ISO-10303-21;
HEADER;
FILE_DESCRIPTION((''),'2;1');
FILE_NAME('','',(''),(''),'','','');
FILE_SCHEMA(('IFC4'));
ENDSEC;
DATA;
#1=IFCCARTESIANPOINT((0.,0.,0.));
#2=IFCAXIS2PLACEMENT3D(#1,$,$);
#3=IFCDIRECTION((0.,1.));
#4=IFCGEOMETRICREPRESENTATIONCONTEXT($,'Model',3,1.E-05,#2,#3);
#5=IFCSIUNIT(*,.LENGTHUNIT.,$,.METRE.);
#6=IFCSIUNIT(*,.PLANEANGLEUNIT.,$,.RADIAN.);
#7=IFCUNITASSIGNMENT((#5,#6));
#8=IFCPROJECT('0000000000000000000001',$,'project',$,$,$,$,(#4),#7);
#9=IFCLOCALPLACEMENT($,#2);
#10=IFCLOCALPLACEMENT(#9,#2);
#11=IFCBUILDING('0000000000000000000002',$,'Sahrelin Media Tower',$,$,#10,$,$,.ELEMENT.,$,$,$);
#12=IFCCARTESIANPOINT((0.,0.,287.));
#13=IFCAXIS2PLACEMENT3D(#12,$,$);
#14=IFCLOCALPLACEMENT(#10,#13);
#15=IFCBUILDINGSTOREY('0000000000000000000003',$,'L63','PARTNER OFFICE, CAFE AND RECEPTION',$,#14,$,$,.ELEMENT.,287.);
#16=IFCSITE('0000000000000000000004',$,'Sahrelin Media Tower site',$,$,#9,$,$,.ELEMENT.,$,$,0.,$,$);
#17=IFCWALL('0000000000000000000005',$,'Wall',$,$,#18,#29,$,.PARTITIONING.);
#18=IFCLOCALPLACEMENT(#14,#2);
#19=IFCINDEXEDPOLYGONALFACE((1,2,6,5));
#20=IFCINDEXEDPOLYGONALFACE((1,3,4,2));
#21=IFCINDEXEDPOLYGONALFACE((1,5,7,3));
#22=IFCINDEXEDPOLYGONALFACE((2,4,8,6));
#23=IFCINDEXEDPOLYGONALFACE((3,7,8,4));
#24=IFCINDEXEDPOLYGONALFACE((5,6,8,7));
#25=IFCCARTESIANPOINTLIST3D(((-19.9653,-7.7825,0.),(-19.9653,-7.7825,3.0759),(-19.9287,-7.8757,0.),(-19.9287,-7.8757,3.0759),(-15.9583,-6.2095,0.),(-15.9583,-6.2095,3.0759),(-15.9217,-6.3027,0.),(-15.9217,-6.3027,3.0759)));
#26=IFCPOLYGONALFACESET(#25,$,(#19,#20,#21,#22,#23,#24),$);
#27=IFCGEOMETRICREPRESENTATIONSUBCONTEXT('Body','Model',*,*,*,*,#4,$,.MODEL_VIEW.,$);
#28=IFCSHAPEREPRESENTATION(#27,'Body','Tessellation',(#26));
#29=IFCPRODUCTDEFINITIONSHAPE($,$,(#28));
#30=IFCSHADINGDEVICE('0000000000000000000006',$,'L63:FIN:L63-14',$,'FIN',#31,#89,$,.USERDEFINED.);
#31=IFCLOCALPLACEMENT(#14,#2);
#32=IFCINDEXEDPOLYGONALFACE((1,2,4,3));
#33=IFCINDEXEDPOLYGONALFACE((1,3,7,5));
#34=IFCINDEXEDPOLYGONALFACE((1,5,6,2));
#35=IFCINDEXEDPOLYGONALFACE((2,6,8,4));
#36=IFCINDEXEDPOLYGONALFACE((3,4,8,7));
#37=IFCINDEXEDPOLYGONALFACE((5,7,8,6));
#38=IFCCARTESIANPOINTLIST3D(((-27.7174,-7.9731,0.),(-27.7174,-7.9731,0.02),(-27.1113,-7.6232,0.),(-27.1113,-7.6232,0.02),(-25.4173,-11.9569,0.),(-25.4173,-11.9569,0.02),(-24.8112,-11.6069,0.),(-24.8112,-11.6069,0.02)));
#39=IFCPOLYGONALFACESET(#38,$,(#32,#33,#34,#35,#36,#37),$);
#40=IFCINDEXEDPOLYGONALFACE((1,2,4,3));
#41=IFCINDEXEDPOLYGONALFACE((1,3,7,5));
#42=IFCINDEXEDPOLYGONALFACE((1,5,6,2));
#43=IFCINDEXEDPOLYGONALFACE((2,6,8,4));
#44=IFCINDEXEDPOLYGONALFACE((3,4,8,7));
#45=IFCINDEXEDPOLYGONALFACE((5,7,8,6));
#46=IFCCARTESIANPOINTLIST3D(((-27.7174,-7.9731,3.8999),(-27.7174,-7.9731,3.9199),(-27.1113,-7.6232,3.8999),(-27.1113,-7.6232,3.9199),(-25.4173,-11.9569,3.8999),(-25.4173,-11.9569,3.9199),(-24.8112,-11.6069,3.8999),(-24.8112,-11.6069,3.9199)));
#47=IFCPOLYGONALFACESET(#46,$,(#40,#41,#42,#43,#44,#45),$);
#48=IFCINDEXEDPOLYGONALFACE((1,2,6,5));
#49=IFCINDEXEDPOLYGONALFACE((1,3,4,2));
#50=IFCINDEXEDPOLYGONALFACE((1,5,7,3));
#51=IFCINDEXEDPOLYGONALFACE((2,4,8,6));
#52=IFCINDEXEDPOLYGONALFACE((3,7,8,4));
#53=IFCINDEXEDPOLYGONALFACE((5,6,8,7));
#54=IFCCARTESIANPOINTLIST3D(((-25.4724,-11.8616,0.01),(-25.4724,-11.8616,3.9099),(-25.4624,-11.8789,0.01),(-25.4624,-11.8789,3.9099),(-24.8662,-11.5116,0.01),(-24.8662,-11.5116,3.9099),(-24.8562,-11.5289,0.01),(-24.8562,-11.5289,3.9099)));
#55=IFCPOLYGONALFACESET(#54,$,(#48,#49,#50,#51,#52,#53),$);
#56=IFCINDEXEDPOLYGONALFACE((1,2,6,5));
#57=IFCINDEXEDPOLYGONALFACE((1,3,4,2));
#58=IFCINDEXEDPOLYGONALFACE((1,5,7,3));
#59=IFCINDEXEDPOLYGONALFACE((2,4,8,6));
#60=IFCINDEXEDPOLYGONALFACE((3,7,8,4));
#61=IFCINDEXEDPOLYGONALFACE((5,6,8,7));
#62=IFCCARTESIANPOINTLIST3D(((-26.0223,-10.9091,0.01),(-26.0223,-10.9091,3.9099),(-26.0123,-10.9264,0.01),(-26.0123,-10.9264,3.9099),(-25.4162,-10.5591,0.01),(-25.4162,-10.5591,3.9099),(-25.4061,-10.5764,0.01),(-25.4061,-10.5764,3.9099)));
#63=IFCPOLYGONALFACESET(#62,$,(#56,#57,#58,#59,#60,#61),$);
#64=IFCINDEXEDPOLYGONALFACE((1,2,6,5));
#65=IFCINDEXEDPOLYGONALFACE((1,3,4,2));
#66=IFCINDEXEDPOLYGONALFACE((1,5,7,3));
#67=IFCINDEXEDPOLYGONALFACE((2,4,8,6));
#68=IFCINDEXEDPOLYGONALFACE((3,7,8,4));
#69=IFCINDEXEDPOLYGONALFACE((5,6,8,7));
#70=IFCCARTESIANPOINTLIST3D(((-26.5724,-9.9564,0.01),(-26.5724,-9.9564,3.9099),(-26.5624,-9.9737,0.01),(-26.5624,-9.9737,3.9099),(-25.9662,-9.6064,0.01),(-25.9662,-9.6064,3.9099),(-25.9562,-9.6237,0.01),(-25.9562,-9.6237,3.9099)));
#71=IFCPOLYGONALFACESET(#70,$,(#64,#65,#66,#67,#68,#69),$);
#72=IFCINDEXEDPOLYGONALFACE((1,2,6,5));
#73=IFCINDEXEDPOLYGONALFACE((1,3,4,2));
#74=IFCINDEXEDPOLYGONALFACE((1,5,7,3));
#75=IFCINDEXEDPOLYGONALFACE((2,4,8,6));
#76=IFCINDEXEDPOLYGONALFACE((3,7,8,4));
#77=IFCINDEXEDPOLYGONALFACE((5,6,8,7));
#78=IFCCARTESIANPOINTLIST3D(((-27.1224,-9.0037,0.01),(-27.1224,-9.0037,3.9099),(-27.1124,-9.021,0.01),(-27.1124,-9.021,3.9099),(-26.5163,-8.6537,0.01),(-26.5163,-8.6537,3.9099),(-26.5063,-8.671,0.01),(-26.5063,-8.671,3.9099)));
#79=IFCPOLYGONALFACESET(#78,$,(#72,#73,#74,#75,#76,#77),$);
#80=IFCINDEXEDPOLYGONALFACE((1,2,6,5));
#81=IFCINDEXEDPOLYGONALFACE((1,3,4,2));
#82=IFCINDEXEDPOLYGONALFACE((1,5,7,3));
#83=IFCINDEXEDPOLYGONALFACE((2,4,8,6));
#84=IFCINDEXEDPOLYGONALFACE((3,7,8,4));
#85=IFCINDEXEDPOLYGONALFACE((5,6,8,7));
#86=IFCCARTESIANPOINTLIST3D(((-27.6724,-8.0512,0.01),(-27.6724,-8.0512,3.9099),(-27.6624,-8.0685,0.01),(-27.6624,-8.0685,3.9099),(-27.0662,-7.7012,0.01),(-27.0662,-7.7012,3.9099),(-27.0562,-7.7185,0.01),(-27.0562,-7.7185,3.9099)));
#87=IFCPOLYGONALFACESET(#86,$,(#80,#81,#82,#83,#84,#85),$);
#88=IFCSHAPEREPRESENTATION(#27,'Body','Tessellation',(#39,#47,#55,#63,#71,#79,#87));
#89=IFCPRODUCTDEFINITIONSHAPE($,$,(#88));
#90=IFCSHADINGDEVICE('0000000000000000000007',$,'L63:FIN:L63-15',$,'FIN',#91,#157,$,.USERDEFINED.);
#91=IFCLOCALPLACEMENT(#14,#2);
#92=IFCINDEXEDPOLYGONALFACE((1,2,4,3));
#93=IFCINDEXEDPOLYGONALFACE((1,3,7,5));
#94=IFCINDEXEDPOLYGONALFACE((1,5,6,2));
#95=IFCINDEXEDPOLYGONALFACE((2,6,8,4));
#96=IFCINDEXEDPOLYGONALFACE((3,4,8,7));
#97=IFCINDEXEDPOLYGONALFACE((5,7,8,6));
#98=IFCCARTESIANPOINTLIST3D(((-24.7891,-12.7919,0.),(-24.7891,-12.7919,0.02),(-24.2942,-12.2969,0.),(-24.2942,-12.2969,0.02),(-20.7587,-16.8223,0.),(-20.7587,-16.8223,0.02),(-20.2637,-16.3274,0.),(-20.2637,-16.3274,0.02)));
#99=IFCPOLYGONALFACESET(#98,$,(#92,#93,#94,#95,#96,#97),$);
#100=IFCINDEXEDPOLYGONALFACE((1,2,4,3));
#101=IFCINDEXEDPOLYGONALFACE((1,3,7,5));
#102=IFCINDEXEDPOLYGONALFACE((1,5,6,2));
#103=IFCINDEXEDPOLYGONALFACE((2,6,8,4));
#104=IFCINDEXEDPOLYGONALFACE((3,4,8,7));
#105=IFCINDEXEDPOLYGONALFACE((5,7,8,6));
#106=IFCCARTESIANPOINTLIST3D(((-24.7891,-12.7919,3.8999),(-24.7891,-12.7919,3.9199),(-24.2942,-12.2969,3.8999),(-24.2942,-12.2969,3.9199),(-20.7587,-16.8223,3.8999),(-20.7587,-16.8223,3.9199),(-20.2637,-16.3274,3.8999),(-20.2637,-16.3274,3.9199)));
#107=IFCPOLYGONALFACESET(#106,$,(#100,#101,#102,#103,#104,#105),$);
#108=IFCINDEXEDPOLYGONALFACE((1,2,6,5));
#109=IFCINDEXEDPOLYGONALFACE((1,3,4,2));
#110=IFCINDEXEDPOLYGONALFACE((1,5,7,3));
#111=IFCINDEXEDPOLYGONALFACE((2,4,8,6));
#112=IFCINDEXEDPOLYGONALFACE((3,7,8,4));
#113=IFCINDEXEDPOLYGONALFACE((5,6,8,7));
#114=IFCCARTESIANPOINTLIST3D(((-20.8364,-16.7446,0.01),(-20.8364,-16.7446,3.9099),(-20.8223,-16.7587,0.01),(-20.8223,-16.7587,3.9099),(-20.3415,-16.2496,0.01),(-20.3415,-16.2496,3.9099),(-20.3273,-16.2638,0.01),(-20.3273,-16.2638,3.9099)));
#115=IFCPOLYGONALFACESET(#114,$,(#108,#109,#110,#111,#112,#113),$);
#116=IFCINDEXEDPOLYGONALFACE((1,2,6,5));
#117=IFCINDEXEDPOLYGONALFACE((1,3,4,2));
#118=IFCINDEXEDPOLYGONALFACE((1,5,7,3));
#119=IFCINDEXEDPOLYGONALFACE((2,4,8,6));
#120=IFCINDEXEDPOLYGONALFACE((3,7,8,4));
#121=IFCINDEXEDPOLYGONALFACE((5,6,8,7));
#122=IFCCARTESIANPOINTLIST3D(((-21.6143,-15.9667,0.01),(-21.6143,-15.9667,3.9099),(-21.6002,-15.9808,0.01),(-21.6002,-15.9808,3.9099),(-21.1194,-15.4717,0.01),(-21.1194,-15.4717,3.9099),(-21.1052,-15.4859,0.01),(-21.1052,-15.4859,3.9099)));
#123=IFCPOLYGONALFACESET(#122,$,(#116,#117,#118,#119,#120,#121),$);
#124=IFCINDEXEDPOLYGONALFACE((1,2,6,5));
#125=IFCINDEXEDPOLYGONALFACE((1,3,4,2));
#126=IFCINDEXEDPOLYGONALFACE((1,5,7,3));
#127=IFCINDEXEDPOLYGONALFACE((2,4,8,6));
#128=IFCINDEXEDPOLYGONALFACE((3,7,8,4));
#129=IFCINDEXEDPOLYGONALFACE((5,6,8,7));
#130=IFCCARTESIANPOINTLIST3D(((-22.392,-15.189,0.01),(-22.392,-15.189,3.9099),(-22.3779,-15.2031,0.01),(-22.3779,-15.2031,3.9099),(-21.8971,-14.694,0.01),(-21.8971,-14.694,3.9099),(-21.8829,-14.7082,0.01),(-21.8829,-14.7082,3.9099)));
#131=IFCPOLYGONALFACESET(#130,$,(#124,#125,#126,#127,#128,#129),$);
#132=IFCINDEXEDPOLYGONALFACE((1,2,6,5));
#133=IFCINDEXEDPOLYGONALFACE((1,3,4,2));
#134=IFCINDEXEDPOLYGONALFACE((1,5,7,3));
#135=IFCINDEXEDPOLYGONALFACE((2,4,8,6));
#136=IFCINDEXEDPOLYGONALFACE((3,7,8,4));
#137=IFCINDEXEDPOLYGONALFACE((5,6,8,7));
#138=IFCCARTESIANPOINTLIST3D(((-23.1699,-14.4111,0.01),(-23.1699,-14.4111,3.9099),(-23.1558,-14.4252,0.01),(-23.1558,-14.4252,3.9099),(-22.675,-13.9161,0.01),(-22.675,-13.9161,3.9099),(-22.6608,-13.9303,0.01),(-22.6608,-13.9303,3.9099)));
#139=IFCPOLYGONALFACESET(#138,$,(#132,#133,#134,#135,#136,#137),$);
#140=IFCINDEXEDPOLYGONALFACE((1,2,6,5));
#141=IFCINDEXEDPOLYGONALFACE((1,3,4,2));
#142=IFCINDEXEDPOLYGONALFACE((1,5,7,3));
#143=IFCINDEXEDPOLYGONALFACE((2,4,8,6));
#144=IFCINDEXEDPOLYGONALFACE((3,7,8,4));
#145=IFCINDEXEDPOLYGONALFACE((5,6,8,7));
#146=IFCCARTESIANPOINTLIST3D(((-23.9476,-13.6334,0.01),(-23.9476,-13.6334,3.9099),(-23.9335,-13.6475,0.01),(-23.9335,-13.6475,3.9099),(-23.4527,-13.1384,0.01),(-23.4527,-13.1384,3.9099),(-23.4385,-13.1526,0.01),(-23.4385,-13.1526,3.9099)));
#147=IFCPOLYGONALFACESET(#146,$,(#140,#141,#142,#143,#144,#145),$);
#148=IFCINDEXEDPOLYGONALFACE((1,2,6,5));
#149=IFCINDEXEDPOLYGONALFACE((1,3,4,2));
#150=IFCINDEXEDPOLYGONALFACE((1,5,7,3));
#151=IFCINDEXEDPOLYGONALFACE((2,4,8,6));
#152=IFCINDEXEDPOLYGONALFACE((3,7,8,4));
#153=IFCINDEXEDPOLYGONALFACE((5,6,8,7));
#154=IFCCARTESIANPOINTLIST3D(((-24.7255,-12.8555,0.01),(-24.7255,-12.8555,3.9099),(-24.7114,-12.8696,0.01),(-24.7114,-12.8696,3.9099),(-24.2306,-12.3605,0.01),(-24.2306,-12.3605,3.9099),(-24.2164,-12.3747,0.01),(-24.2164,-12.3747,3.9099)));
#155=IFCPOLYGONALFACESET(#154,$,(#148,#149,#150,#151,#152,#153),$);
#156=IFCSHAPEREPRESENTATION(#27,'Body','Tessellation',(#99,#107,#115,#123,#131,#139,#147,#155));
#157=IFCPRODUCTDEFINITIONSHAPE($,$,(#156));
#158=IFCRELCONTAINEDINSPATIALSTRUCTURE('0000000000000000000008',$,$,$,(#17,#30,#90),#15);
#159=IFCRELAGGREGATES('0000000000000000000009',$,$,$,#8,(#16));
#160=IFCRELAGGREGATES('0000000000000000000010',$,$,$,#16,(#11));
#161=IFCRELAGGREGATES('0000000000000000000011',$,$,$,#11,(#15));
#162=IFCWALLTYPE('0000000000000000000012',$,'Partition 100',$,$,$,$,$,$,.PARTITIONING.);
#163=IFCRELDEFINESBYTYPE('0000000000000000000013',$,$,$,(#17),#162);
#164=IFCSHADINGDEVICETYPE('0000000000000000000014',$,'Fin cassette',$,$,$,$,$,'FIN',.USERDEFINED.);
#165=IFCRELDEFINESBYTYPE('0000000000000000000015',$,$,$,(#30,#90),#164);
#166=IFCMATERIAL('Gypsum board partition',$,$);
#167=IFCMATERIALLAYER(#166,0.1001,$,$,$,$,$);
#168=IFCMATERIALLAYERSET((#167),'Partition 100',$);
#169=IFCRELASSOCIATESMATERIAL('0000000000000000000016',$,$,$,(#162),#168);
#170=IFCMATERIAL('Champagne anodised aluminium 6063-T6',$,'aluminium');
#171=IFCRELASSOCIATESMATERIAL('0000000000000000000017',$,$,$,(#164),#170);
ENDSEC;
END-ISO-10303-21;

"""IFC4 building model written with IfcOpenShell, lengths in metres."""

from ifc_helpers import new_model, si_unit, direction, frame, frame_2d, origin, origin_2d, place, context, subcontext, project, spatial, rectangle, extrude, material, layer, layer_set, type_object, element, save


model = new_model("IFC4")

# Units and contexts
model_context = context("Model", 3, precision=1e-05, world=origin(), true_north=direction((0.0, 1.0)))
body_context = subcontext(model_context, "Body", "Model", "MODEL_VIEW")
ifc_project = project(units=[si_unit("LENGTHUNIT", "METRE"), si_unit("PLANEANGLEUNIT", "RADIAN")], contexts=[model_context])

# Site, building, storey
site_placement = place(None, origin())
site = spatial("IfcSite", under=ifc_project, at=site_placement, Name="Sahrelin Media Tower site", CompositionType="ELEMENT", RefElevation=0.0)
building_placement = place(site_placement, origin())
building = spatial("IfcBuilding", under=site, at=building_placement, Name="Sahrelin Media Tower", CompositionType="ELEMENT")
storey_placement = place(building_placement, frame((0.0, 0.0, 287.0)))
storey = spatial("IfcBuildingStorey", under=building, at=storey_placement, Name="L63", Description="PARTNER OFFICE, CAFE AND RECEPTION", CompositionType="ELEMENT", Elevation=287.0)

# Shared definitions
ifc_material_1 = material(Name="Champagne anodised aluminium 6063-T6", Category="aluminium")

# Wall
ifc_material_2 = material(Name="Gypsum board partition")
ifc_layer_1 = layer(ifc_material_2, 0.1001)
ifc_layer_set_1 = layer_set([ifc_layer_1], Name="Partition 100")
wall_type = type_object("IfcWallType", Name="Partition 100", PredefinedType="PARTITIONING", material=ifc_layer_set_1)
wall_placement = place(storey_placement, frame((-19.947, -7.8291, 0.0), z_axis=(0.0, 0.0, 1.0), x_axis=(0.930847, 0.365408, 0.0)))
element("IfcWall", 1, at=wall_placement, inside=storey, type_object=wall_type, Name="Wall", PredefinedType="PARTITIONING", context=body_context, shape_type="SweptSolid", body=[
    extrude(rectangle(XDim=4.3047, YDim=0.1001, at=frame_2d((2.1523, 0.0))), origin(), (0.0, 0.0, 1.0), 3.0759),
])

# Shading devices
shading_device_type_1 = type_object("IfcShadingDeviceType", Name="Fin cassette", ElementType="FIN", PredefinedType="USERDEFINED", material=ifc_material_1)
placement_1 = place(storey_placement, frame((-25.9006, -9.5801, 0.0), z_axis=(0.0, 0.0, 1.0), x_axis=(-0.500011, 0.866019, 0.0)))
element("IfcShadingDevice", 2, at=placement_1, inside=storey, type_object=shading_device_type_1, Name="L63:FIN:L63-14", ObjectType="FIN", PredefinedType="USERDEFINED", context=body_context, shape_type="SweptSolid", body=[
    extrude(rectangle(XDim=4.6001, YDim=0.7, at=origin_2d()), frame((0.0, 0.4199, 0.0)), (0.0, 0.0, 1.0), 0.02),
    extrude(rectangle(XDim=4.6001, YDim=0.7, at=origin_2d()), frame((0.0, 0.4199, 3.8999)), (0.0, 0.0, 1.0), 0.02),
    extrude(rectangle(XDim=0.02, YDim=0.7, at=origin_2d()), frame((-2.2, 0.4199, 0.01), z_axis=(0.0, 0.0, 1.0), x_axis=(1.0, 0.0, 0.0)), (0.0, 0.0, 1.0), 3.8999),
    extrude(rectangle(XDim=0.02, YDim=0.7, at=origin_2d()), frame((-1.1001, 0.4199, 0.01), z_axis=(0.0, 0.0, 1.0), x_axis=(1.0, 0.0, 0.0)), (0.0, 0.0, 1.0), 3.8999),
    extrude(rectangle(XDim=0.02, YDim=0.7, at=origin_2d()), frame((0.0, 0.4199, 0.01), z_axis=(0.0, 0.0, 1.0), x_axis=(1.0, 0.0, 0.0)), (0.0, 0.0, 1.0), 3.8999),
    extrude(rectangle(XDim=0.02, YDim=0.7, at=origin_2d()), frame((1.1001, 0.4199, 0.01), z_axis=(0.0, 0.0, 1.0), x_axis=(1.0, 0.0, 0.0)), (0.0, 0.0, 1.0), 3.8999),
    extrude(rectangle(XDim=0.02, YDim=0.7, at=origin_2d()), frame((2.2, 0.4199, 0.01), z_axis=(0.0, 0.0, 1.0), x_axis=(1.0, 0.0, 0.0)), (0.0, 0.0, 1.0), 3.8999),
])
placement_2 = place(storey_placement, frame((-22.2295, -14.2627, 0.0), z_axis=(0.0, 0.0, 1.0), x_axis=(-0.707107, 0.707107, 0.0)))
element("IfcShadingDevice", 3, at=placement_2, inside=storey, type_object=shading_device_type_1, Name="L63:FIN:L63-15", ObjectType="FIN", PredefinedType="USERDEFINED", context=body_context, shape_type="SweptSolid", body=[
    extrude(rectangle(XDim=5.7, YDim=0.7, at=origin_2d()), frame((0.0, 0.4199, 0.0)), (0.0, 0.0, 1.0), 0.02),
    extrude(rectangle(XDim=5.7, YDim=0.7, at=origin_2d()), frame((0.0, 0.4199, 3.8999)), (0.0, 0.0, 1.0), 0.02),
    extrude(rectangle(XDim=0.02, YDim=0.7, at=origin_2d()), frame((-2.75, 0.4199, 0.01), z_axis=(0.0, 0.0, 1.0), x_axis=(1.0, 0.0, 0.0)), (0.0, 0.0, 1.0), 3.8999),
    extrude(rectangle(XDim=0.02, YDim=0.7, at=origin_2d()), frame((-1.6499, 0.4199, 0.01), z_axis=(0.0, 0.0, 1.0), x_axis=(1.0, 0.0, 0.0)), (0.0, 0.0, 1.0), 3.8999),
    extrude(rectangle(XDim=0.02, YDim=0.7, at=origin_2d()), frame((-0.55, 0.4199, 0.01), z_axis=(0.0, 0.0, 1.0), x_axis=(1.0, 0.0, 0.0)), (0.0, 0.0, 1.0), 3.8999),
    extrude(rectangle(XDim=0.02, YDim=0.7, at=origin_2d()), frame((0.55, 0.4199, 0.01), z_axis=(0.0, 0.0, 1.0), x_axis=(1.0, 0.0, 0.0)), (0.0, 0.0, 1.0), 3.8999),
    extrude(rectangle(XDim=0.02, YDim=0.7, at=origin_2d()), frame((1.6499, 0.4199, 0.01), z_axis=(0.0, 0.0, 1.0), x_axis=(1.0, 0.0, 0.0)), (0.0, 0.0, 1.0), 3.8999),
    extrude(rectangle(XDim=0.02, YDim=0.7, at=origin_2d()), frame((2.75, 0.4199, 0.01), z_axis=(0.0, 0.0, 1.0), x_axis=(1.0, 0.0, 0.0)), (0.0, 0.0, 1.0), 3.8999),
])

save(model, "model.ifc")
